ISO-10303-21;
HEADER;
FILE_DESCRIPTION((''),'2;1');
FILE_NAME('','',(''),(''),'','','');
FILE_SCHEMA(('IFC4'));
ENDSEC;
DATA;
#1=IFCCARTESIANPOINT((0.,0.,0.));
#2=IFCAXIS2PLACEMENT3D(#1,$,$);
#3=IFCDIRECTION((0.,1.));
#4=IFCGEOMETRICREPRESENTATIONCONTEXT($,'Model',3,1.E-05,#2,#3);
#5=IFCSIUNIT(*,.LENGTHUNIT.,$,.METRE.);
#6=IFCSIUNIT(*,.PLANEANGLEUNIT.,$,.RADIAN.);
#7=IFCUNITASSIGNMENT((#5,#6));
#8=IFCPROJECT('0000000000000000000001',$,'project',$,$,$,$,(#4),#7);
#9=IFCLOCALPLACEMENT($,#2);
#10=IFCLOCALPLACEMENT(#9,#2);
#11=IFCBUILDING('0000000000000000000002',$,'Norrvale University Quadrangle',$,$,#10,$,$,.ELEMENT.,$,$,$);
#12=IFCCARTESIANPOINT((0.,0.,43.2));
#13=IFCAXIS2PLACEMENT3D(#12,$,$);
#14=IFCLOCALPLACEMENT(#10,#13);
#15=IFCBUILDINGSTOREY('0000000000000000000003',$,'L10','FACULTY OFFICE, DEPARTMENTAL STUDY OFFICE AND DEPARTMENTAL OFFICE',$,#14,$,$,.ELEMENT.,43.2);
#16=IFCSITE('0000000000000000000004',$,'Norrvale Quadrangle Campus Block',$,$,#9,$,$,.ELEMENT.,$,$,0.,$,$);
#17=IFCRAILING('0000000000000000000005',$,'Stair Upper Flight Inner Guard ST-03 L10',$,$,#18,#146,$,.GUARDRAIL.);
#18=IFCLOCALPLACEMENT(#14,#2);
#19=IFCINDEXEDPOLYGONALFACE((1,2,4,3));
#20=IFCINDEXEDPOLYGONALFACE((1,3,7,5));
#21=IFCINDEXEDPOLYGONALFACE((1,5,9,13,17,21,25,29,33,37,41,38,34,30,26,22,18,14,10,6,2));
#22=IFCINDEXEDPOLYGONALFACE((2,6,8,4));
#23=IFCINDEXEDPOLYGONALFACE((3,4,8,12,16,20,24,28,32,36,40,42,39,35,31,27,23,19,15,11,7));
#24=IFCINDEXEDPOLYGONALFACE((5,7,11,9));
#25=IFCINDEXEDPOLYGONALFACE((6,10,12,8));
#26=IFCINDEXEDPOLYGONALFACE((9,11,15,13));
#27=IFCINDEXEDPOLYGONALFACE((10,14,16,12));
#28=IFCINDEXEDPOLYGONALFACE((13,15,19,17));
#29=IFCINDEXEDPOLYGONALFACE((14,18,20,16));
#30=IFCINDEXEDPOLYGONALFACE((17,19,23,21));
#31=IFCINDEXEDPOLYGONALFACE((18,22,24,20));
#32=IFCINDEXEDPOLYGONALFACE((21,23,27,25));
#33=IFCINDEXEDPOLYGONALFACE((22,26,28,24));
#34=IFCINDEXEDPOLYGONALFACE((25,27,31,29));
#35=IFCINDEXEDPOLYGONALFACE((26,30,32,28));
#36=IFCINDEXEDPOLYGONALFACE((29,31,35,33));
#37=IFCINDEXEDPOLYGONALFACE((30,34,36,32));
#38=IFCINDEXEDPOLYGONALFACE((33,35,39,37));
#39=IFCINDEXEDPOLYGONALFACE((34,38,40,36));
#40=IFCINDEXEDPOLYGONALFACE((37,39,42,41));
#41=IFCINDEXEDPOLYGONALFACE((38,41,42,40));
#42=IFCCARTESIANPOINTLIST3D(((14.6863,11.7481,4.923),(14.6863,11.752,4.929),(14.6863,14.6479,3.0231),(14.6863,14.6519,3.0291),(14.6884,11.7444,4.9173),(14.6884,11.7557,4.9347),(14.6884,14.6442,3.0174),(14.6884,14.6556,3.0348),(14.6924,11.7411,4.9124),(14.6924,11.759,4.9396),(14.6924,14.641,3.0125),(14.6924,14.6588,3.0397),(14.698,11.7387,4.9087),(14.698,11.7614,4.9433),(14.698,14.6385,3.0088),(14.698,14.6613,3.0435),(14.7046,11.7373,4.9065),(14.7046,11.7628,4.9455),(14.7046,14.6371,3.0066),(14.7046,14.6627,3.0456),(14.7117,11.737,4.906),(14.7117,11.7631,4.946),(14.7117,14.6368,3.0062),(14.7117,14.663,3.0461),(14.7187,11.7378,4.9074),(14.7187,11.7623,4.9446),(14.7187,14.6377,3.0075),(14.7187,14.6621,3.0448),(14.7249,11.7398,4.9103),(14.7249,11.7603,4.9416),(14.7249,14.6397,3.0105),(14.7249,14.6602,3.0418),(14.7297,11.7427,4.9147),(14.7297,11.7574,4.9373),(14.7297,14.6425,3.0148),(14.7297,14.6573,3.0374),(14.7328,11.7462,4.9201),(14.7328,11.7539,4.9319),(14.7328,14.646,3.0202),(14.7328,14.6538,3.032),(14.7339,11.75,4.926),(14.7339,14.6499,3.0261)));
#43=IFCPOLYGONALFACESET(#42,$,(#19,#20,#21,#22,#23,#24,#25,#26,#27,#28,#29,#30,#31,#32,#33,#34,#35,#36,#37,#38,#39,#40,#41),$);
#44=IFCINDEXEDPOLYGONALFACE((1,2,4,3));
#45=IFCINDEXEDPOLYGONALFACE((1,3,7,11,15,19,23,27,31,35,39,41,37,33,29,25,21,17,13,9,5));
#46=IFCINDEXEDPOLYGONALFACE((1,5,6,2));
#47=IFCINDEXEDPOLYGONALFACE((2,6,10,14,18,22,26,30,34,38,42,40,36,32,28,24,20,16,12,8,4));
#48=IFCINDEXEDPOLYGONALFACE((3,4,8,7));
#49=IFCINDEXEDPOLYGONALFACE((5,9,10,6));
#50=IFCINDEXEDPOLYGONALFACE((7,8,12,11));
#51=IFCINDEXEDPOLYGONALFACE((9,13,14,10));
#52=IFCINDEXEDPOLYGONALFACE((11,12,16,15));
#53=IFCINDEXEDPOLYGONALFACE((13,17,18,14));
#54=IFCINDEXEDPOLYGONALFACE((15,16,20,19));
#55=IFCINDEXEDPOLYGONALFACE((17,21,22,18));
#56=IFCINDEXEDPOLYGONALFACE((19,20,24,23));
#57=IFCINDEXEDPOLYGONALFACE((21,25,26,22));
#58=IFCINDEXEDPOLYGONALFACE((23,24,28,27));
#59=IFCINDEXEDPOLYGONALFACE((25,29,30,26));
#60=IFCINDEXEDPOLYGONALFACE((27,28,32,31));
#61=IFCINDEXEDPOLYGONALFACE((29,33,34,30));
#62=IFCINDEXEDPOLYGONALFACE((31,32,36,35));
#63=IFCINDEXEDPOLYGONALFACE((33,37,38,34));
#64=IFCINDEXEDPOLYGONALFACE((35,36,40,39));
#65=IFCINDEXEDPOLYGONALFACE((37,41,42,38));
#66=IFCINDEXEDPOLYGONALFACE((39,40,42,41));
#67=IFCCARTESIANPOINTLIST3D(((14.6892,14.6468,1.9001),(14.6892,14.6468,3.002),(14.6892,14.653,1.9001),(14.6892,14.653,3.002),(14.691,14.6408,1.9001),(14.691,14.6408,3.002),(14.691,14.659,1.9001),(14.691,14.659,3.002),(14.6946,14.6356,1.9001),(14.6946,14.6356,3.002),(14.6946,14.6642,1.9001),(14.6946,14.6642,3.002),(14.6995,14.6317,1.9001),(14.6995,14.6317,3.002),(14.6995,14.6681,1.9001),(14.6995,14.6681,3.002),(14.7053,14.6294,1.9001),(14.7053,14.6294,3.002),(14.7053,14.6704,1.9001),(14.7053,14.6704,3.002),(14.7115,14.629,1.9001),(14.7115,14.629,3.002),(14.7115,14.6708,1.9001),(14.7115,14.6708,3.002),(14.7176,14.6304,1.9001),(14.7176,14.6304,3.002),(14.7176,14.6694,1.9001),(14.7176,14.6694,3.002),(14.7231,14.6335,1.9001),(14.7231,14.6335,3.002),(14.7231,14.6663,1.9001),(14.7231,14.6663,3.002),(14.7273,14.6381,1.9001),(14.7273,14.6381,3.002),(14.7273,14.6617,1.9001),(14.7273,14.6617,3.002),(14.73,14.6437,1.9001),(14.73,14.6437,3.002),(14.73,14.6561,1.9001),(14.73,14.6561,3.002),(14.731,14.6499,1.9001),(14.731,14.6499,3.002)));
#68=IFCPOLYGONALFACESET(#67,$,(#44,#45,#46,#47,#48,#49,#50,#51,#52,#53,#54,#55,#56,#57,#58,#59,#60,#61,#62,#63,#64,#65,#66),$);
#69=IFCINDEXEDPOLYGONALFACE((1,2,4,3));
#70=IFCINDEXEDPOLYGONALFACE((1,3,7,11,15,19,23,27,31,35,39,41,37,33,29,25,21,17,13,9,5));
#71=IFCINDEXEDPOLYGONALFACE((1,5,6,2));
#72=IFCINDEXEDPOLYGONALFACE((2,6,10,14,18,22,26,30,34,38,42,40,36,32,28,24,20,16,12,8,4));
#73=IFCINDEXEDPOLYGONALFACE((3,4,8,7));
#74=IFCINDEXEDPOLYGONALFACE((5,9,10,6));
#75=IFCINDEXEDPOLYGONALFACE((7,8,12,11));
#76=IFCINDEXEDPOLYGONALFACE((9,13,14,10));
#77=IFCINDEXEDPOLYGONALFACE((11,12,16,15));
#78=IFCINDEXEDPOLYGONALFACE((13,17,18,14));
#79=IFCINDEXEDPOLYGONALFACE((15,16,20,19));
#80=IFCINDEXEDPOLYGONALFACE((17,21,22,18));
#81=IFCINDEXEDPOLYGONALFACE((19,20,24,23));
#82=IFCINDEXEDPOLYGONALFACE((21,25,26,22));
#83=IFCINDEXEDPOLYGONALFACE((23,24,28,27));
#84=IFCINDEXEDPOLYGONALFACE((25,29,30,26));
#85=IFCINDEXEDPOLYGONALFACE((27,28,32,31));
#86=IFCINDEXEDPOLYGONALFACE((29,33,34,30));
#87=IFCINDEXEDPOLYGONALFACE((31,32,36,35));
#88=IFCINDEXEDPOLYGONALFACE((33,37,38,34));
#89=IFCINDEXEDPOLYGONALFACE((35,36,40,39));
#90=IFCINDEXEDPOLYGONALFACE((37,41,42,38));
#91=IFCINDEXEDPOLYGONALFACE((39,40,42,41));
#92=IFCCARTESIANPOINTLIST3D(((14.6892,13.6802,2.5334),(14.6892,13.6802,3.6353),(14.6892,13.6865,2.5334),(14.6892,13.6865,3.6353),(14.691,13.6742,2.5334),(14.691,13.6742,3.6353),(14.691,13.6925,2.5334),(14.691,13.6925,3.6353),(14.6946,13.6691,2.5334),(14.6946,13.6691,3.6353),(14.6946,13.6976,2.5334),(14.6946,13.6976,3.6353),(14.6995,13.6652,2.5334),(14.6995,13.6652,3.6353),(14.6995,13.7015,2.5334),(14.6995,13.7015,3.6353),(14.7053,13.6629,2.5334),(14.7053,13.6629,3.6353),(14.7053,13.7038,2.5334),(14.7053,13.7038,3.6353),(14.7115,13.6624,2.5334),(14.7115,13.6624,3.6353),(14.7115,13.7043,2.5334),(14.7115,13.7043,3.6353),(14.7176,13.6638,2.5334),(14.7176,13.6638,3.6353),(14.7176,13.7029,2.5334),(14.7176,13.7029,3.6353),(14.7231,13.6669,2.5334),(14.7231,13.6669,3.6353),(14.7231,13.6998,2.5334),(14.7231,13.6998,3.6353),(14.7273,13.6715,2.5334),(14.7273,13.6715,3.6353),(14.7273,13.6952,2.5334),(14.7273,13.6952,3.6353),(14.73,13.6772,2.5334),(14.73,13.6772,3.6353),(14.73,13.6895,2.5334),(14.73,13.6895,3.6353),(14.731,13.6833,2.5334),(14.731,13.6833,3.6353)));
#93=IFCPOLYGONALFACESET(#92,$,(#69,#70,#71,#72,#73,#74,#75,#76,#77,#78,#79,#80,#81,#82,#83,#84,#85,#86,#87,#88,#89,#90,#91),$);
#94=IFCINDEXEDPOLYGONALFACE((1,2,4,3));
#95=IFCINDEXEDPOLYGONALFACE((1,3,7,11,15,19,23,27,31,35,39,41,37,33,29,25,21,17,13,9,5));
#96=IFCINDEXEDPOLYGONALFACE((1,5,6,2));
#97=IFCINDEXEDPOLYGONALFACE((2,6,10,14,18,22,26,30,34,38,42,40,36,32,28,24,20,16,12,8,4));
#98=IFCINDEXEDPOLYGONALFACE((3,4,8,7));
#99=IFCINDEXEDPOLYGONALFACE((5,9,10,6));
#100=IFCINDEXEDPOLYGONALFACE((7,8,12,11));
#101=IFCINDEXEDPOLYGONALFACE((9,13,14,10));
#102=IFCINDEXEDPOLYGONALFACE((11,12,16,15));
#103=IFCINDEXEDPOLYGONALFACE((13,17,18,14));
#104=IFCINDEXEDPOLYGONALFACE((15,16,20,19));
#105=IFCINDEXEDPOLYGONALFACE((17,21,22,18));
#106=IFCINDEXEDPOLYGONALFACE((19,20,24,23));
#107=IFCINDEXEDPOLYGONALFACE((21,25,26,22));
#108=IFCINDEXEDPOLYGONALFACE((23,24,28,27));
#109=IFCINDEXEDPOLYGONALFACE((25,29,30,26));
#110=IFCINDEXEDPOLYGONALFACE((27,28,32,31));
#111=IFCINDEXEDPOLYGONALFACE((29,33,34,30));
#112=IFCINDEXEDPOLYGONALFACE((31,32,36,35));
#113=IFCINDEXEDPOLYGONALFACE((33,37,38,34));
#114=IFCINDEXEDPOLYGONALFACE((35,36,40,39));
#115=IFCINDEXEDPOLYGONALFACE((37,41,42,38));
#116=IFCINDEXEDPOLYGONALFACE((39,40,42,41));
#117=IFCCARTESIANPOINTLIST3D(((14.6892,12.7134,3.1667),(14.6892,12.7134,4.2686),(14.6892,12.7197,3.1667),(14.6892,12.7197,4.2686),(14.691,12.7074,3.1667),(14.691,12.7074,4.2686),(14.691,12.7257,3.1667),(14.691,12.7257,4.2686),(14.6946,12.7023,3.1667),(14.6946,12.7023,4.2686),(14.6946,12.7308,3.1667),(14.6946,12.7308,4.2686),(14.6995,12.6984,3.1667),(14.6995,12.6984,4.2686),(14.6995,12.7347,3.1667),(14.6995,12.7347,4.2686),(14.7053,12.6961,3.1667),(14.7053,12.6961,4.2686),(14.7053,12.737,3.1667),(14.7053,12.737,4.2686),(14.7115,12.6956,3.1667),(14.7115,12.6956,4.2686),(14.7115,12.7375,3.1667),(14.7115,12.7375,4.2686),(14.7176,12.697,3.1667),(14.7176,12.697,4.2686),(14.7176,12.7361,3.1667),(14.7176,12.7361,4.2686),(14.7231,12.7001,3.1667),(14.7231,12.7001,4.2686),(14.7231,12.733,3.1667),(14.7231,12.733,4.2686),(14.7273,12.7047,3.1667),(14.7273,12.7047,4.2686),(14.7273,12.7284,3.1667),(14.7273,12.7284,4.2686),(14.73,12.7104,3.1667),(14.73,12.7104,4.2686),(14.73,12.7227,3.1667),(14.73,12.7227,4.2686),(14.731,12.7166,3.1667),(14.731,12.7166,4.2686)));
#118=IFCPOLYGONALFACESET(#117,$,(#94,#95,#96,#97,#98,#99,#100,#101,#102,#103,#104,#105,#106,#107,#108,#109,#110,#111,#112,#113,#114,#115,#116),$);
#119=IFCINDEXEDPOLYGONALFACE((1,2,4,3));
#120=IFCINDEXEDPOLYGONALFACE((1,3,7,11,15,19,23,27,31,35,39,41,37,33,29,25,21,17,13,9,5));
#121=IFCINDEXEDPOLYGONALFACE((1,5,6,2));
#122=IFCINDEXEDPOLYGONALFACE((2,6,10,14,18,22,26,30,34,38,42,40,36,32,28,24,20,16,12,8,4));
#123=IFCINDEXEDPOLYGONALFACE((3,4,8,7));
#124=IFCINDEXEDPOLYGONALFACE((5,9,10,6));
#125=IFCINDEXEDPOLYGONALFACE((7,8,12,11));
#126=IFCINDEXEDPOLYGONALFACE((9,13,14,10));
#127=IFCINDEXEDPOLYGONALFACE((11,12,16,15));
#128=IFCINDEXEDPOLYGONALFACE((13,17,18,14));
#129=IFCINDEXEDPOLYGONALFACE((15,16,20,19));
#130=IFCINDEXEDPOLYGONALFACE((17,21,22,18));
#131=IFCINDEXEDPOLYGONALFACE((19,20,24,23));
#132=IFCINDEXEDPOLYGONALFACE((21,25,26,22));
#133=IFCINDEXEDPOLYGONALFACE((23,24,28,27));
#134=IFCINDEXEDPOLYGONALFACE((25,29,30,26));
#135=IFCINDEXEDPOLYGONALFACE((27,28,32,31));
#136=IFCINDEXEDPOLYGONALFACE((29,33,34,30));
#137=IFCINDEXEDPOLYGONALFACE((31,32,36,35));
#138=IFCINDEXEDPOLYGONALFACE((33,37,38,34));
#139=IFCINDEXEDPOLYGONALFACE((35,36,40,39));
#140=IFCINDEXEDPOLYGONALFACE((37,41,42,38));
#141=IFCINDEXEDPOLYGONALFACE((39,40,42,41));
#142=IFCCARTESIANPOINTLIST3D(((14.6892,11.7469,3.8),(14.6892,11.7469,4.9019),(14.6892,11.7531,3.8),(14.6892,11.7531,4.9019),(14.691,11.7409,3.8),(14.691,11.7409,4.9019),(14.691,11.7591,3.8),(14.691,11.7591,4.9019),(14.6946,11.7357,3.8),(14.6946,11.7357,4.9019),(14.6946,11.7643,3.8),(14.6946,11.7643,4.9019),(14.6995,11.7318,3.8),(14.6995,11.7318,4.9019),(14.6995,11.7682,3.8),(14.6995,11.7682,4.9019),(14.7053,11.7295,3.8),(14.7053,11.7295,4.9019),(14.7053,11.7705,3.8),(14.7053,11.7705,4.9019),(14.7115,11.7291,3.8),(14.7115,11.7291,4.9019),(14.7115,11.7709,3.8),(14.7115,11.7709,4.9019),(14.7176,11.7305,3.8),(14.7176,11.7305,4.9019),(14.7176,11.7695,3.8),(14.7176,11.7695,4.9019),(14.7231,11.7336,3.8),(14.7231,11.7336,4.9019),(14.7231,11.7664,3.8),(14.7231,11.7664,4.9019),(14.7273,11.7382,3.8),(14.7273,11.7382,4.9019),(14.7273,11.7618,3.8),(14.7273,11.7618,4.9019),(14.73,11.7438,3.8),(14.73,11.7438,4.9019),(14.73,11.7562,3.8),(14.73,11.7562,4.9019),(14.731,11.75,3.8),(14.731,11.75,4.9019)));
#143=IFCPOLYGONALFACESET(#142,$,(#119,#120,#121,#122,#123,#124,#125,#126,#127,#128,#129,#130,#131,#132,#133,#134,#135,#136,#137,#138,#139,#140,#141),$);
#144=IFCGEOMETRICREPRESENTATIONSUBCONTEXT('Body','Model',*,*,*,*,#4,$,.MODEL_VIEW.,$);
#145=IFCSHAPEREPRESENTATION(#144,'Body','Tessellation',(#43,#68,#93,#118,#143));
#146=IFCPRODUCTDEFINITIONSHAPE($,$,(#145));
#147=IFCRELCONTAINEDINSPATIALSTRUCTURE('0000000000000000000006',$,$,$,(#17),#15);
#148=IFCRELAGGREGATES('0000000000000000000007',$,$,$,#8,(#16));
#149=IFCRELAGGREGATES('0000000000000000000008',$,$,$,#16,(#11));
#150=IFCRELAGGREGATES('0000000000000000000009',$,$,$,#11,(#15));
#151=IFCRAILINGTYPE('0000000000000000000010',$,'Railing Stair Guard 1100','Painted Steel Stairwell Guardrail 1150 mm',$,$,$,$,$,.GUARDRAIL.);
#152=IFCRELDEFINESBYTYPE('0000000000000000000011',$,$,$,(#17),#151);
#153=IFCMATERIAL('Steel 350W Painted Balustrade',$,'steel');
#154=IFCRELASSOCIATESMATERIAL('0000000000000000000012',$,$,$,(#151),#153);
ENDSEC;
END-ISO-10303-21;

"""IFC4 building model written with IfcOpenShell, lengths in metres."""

from ifc_helpers import new_model, si_unit, direction, frame, origin, origin_2d, place, context, subcontext, project, spatial, circle, extrude, material, type_object, element, save


model = new_model("IFC4")

# Units and contexts
model_context = context("Model", 3, precision=1e-05, world=origin(), true_north=direction((0.0, 1.0)))
body_context = subcontext(model_context, "Body", "Model", "MODEL_VIEW")
ifc_project = project(units=[si_unit("LENGTHUNIT", "METRE"), si_unit("PLANEANGLEUNIT", "RADIAN")], contexts=[model_context])

# Site, building, storey
site_placement = place(None, origin())
site = spatial("IfcSite", under=ifc_project, at=site_placement, Name="Norrvale Quadrangle Campus Block", CompositionType="ELEMENT", RefElevation=0.0)
building_placement = place(site_placement, origin())
building = spatial("IfcBuilding", under=site, at=building_placement, Name="Norrvale University Quadrangle", CompositionType="ELEMENT")
storey_placement = place(building_placement, frame((0.0, 0.0, 43.2)))
storey = spatial("IfcBuildingStorey", under=building, at=storey_placement, Name="L10", Description="FACULTY OFFICE, DEPARTMENTAL STUDY OFFICE AND DEPARTMENTAL OFFICE", CompositionType="ELEMENT", Elevation=43.2)

# Railing
ifc_material_1 = material(Name="Steel 350W Painted Balustrade", Category="steel")
railing_type_1 = type_object("IfcRailingType", Name="Railing Stair Guard 1100", Description="Painted Steel Stairwell Guardrail 1150 mm", PredefinedType="GUARDRAIL", material=ifc_material_1)
railing_1_placement = place(storey_placement, frame((14.71, 14.6499, 1.9001)))
element("IfcRailing", 1, at=railing_1_placement, inside=storey, type_object=railing_type_1, Name="Stair Upper Flight Inner Guard ST-03 L10", PredefinedType="GUARDRAIL", context=body_context, shape_type="SweptSolid", body=[
    extrude(circle(Radius=0.0239, at=origin_2d()), frame((0.0, 0.0, 1.126), z_axis=(0.0, -0.836466, 0.548019), x_axis=(1.0, 0.0, 0.0)), (0.0, 0.0, 1.0), 3.4668),
    extrude(circle(Radius=0.021, at=origin_2d()), origin(), (0.0, 0.0, 1.0), 1.1018),
    extrude(circle(Radius=0.021, at=origin_2d()), frame((0.0, -0.9666, 0.6333)), (0.0, 0.0, 1.0), 1.1018),
    extrude(circle(Radius=0.021, at=origin_2d()), frame((0.0, -1.9333, 1.2666)), (0.0, 0.0, 1.0), 1.1018),
    extrude(circle(Radius=0.021, at=origin_2d()), frame((0.0, -2.8999, 1.8999)), (0.0, 0.0, 1.0), 1.1018),
])

save(model, "model.ifc")
